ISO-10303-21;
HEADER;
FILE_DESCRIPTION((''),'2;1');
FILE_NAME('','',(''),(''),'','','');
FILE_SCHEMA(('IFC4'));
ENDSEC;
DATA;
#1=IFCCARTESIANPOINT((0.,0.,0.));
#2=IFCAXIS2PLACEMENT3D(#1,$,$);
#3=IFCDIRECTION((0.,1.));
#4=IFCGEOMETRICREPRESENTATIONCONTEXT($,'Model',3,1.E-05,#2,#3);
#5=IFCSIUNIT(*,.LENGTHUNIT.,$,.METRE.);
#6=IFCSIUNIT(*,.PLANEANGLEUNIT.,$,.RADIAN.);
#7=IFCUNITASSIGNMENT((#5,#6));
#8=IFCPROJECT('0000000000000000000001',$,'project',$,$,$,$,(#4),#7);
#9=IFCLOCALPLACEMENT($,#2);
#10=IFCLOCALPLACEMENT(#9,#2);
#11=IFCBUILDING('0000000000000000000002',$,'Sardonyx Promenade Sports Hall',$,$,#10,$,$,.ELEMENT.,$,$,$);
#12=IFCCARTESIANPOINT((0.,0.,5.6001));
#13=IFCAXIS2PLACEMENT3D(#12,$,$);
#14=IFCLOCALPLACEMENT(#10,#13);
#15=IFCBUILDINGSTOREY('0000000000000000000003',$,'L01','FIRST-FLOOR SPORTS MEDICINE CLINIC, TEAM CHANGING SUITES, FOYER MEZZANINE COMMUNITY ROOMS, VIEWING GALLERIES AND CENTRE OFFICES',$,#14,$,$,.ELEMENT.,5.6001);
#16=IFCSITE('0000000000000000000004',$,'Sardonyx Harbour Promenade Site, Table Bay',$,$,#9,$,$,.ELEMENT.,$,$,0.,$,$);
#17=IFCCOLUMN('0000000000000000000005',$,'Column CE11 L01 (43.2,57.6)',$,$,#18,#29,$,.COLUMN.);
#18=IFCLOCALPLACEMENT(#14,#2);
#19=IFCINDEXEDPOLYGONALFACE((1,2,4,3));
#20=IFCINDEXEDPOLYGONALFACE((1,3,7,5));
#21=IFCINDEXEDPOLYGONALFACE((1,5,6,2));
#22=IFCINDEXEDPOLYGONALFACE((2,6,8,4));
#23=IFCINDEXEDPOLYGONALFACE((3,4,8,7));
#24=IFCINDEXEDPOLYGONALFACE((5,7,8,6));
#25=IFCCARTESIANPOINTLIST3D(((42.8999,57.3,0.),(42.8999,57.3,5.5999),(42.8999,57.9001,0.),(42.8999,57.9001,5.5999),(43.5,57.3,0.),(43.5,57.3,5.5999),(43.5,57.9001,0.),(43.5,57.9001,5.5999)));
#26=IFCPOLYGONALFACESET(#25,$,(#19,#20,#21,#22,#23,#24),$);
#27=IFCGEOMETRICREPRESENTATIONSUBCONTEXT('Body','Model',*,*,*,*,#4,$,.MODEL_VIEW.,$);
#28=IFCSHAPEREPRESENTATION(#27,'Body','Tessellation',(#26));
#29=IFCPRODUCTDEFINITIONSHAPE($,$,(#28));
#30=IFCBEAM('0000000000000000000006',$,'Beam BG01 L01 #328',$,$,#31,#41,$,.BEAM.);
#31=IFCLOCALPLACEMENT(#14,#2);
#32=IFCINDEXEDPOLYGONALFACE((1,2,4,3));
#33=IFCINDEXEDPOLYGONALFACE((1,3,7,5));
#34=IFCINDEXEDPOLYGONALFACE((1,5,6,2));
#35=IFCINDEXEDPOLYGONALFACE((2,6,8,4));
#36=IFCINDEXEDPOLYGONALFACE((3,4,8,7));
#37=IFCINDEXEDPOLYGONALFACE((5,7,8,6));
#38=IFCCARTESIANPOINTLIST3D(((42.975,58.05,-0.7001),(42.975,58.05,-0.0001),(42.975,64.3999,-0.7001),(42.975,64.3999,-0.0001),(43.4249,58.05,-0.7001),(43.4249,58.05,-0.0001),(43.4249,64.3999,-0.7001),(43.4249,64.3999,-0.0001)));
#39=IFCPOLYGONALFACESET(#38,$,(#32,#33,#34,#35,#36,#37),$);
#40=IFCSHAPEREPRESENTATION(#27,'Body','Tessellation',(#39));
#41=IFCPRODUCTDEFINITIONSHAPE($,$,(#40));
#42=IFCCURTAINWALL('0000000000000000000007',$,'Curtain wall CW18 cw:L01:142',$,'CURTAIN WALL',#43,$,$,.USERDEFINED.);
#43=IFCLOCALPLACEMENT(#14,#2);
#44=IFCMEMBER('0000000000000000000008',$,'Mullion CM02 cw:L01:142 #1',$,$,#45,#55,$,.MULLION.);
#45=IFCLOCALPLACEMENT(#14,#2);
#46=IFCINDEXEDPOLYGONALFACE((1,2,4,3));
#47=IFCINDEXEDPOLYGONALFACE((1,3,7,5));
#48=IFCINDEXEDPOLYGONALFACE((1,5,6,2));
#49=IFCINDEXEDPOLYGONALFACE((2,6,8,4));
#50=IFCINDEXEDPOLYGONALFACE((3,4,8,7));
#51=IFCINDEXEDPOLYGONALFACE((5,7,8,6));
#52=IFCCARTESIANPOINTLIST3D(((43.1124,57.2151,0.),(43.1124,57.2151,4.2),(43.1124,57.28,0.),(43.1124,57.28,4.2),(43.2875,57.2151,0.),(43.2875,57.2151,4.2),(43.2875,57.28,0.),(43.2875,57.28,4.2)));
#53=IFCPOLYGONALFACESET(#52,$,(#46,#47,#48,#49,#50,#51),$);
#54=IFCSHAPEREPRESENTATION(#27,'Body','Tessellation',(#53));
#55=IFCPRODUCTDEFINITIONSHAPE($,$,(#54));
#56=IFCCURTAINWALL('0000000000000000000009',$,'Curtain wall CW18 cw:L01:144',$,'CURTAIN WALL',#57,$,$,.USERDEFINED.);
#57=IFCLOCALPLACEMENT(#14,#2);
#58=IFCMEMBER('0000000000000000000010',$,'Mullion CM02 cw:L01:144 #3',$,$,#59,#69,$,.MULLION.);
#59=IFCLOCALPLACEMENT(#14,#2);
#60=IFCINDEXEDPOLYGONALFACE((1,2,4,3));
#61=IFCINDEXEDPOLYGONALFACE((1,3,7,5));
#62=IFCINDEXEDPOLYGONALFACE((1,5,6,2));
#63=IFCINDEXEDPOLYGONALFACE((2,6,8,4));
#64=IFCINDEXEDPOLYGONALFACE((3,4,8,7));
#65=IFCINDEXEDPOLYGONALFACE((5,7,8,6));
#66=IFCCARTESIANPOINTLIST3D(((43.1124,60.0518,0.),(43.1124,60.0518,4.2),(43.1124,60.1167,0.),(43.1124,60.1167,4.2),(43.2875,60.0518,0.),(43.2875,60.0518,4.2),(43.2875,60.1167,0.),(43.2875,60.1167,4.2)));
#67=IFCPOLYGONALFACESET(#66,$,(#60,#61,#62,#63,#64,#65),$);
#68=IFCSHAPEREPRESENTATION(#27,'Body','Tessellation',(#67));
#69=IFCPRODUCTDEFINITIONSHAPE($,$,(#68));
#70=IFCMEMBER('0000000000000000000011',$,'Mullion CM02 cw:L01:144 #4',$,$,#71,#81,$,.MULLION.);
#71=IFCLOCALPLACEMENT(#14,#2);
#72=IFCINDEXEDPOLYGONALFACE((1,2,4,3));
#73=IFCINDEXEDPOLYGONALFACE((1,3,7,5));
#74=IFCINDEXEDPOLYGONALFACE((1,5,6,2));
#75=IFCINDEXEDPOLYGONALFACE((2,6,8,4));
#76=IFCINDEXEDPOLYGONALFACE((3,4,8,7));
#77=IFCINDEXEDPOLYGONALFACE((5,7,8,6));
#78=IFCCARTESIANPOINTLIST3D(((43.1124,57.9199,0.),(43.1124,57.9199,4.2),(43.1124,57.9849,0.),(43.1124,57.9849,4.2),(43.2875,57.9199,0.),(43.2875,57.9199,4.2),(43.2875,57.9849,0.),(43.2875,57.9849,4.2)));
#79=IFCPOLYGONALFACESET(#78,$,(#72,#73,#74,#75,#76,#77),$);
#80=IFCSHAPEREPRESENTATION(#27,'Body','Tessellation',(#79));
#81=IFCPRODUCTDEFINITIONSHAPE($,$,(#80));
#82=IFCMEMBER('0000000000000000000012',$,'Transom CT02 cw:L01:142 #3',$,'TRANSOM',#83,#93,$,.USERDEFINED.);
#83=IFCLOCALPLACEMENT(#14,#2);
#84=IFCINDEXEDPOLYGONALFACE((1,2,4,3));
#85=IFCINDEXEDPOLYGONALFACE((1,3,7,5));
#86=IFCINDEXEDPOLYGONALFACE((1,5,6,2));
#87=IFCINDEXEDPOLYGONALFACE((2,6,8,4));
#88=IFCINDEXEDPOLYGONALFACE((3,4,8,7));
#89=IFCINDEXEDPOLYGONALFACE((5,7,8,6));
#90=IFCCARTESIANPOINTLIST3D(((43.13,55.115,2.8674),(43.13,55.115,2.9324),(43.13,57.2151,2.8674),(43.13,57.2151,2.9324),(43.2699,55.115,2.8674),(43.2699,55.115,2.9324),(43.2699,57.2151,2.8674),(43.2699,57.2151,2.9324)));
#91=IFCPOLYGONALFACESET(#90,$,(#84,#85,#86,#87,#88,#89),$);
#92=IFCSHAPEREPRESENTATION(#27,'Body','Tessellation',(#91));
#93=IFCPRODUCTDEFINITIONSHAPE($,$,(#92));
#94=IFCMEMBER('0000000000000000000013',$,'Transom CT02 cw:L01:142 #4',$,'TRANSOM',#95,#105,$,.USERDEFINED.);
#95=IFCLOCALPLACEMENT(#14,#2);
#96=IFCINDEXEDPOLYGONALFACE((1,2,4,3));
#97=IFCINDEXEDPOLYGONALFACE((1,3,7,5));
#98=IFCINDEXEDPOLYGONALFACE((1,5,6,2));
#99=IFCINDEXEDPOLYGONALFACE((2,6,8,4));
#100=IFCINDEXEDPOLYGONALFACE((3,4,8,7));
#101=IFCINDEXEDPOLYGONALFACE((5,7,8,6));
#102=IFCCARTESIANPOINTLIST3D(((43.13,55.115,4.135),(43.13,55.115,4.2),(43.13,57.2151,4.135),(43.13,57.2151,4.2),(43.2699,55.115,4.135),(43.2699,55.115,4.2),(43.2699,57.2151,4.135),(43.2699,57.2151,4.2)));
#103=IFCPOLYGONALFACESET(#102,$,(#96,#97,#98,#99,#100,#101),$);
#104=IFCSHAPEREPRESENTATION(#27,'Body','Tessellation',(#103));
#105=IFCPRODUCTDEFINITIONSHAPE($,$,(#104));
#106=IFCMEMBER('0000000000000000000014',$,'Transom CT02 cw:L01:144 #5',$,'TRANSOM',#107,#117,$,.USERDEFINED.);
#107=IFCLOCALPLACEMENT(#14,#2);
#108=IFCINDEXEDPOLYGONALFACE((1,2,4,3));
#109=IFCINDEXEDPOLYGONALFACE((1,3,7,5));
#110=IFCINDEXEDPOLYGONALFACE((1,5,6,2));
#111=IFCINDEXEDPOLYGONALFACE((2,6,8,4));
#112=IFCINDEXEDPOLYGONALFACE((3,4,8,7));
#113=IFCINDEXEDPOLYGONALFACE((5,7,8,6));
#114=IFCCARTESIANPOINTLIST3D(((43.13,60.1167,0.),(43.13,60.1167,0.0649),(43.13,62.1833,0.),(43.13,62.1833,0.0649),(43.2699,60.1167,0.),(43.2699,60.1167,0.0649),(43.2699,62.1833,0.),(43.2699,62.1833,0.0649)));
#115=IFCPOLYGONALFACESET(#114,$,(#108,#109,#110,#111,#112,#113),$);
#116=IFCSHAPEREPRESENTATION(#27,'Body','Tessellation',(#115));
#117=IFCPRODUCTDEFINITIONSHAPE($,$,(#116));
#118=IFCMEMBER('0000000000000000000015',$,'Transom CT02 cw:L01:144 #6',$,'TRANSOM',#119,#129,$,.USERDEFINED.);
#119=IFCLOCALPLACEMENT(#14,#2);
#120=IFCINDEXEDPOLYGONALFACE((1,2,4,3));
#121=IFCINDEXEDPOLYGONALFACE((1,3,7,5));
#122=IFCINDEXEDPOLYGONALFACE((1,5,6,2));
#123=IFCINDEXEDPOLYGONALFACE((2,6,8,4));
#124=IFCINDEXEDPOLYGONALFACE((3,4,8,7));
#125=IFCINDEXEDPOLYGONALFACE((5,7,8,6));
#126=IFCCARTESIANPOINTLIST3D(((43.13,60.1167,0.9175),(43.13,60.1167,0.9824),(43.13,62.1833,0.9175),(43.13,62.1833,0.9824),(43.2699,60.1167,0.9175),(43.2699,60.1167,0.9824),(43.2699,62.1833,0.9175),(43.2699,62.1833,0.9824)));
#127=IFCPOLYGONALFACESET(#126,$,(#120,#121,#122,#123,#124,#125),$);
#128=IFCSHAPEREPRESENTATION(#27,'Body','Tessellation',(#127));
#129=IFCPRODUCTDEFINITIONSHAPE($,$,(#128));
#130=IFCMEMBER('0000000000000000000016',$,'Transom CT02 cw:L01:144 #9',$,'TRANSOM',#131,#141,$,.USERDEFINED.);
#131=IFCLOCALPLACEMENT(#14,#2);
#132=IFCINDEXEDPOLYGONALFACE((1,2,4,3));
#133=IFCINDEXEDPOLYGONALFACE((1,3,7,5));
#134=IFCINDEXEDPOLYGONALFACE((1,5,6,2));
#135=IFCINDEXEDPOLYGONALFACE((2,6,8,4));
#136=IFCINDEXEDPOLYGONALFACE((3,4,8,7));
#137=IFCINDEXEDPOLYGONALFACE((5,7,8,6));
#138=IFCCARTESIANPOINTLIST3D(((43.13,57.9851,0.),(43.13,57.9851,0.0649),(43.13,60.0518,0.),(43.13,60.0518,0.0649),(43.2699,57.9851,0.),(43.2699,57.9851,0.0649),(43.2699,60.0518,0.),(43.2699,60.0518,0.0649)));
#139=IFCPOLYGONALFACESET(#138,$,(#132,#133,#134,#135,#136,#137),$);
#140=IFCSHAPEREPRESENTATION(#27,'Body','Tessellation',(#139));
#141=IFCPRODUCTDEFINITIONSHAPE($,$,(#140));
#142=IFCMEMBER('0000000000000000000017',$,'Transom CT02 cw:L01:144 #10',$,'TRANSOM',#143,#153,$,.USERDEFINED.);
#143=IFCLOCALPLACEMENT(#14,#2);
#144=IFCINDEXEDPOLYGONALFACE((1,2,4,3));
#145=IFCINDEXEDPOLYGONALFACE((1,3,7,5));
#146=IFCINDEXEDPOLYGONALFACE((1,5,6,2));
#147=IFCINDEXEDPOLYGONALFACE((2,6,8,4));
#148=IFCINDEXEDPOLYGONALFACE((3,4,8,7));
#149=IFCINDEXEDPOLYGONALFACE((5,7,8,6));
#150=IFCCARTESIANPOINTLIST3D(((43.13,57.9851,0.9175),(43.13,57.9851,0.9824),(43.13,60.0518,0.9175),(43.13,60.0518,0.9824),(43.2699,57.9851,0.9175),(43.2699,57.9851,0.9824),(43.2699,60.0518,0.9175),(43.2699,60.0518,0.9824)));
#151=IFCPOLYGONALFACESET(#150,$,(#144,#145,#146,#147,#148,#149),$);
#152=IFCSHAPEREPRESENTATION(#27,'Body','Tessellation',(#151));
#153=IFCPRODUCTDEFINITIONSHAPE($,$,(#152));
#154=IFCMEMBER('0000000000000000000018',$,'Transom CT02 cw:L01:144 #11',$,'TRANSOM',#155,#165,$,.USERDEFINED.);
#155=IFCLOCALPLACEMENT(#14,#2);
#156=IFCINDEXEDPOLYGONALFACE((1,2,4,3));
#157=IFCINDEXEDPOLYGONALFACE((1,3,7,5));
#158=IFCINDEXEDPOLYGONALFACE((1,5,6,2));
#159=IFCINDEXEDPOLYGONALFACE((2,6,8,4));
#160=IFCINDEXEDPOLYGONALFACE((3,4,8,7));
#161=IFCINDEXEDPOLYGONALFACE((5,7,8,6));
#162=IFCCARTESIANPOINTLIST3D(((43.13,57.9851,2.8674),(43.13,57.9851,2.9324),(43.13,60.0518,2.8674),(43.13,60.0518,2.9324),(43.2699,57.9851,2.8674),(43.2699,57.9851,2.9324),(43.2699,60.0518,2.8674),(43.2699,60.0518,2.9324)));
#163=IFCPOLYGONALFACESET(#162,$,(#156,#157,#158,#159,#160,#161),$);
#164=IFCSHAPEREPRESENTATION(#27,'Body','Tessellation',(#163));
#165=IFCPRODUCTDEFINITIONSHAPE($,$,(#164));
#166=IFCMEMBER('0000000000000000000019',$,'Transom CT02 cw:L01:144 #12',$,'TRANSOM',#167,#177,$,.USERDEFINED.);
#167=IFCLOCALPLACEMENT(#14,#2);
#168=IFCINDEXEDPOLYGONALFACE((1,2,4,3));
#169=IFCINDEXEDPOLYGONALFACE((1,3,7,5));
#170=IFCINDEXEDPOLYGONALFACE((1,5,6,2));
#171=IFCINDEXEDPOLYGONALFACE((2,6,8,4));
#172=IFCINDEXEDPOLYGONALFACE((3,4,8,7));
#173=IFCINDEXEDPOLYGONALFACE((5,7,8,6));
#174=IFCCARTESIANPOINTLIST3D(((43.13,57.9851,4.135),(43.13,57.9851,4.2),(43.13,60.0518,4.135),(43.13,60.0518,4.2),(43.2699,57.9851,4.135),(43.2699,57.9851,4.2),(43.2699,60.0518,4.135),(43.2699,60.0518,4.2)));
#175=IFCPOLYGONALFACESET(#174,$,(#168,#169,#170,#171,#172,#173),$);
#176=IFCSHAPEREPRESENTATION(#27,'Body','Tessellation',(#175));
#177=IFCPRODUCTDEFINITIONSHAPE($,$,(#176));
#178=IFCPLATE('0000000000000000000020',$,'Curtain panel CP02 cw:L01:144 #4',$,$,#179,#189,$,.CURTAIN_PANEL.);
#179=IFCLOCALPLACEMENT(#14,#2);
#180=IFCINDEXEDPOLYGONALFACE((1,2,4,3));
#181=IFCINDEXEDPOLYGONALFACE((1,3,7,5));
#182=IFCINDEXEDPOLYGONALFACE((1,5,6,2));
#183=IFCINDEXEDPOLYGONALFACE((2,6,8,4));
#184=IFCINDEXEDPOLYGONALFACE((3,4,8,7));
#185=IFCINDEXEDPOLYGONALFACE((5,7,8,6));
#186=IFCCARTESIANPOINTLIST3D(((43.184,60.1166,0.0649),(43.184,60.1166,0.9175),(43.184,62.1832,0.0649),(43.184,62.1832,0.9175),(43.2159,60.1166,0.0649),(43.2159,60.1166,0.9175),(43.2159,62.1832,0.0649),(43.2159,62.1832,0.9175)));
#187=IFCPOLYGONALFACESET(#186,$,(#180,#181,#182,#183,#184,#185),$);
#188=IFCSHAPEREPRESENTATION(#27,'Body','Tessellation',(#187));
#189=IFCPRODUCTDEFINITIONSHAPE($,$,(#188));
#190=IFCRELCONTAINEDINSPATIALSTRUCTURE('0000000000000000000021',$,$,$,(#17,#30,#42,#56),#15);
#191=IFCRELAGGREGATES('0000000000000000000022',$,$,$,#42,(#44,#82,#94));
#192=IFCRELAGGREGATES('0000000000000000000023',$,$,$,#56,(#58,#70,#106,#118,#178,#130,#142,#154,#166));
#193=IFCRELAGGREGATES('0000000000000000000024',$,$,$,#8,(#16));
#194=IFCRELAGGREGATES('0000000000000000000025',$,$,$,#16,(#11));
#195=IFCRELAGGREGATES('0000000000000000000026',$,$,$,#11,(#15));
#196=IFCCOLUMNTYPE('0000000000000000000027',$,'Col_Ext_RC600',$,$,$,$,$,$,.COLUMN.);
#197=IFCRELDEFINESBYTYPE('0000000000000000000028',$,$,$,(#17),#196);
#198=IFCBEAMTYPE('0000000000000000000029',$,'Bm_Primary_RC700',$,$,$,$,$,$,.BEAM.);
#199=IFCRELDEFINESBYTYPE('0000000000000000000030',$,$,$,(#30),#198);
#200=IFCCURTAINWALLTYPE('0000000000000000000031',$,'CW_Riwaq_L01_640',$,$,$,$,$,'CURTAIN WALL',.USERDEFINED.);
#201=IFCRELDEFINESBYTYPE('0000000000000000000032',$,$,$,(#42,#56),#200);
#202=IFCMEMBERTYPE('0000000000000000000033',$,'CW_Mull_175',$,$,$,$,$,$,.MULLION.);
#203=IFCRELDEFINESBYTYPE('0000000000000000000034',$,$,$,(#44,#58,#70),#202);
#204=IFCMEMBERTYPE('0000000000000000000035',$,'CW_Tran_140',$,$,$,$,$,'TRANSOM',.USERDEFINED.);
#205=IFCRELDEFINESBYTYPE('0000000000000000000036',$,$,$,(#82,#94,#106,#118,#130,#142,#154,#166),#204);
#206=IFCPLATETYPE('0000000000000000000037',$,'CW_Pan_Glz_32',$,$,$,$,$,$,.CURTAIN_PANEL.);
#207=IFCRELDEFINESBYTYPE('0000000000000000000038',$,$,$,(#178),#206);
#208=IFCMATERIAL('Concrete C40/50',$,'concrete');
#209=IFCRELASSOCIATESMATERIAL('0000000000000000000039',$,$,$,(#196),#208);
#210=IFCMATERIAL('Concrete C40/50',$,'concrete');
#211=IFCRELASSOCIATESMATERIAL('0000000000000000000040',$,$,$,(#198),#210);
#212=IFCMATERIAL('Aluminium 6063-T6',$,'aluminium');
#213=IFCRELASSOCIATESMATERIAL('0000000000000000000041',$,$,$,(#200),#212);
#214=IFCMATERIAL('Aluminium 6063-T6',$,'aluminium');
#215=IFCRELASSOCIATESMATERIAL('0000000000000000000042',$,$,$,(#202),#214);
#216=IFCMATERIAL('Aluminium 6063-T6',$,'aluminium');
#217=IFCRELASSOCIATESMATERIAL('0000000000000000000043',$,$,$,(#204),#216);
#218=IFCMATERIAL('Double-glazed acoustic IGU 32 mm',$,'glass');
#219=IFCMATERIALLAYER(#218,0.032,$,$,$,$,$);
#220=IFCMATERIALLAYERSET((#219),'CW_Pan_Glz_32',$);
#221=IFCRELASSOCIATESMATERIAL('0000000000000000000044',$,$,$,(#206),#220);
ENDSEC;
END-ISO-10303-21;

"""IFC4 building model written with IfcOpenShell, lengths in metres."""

from ifc_helpers import new_model, si_unit, direction, frame, origin, origin_2d, place, context, subcontext, project, spatial, rectangle, extrude, material, layer, layer_set, material_profile, profile_set, type_object, element, aggregate, save


model = new_model("IFC4")

# Units and contexts
model_context = context("Model", 3, precision=1e-05, world=origin(), true_north=direction((0.0, 1.0)))
body_context = subcontext(model_context, "Body", "Model", "MODEL_VIEW")
ifc_project = project(units=[si_unit("LENGTHUNIT", "METRE"), si_unit("PLANEANGLEUNIT", "RADIAN")], contexts=[model_context])

# Site, building, storey
site_placement = place(None, origin())
site = spatial("IfcSite", under=ifc_project, at=site_placement, Name="Sardonyx Harbour Promenade Site, Table Bay", CompositionType="ELEMENT", RefElevation=0.0)
building_placement = place(site_placement, origin())
building = spatial("IfcBuilding", under=site, at=building_placement, Name="Sardonyx Promenade Sports Hall", CompositionType="ELEMENT")
storey_placement = place(building_placement, frame((0.0, 0.0, 5.6001)))
storey = spatial("IfcBuildingStorey", under=building, at=storey_placement, Name="L01", Description="FIRST-FLOOR SPORTS MEDICINE CLINIC, TEAM CHANGING SUITES, FOYER MEZZANINE COMMUNITY ROOMS, VIEWING GALLERIES AND CENTRE OFFICES", CompositionType="ELEMENT", Elevation=5.6001)

# Column
ifc_material_1 = material(Name="Concrete C40/50", Category="concrete")
ifc_material_profile_1 = material_profile(ifc_material_1, rectangle(XDim=0.6001, YDim=0.6001, at=origin_2d()))
ifc_profile_set_1 = profile_set([ifc_material_profile_1], Name="Concrete C40/50")
column_type = type_object("IfcColumnType", Name="Col_Ext_RC600", PredefinedType="COLUMN", material=ifc_profile_set_1)
column_placement = place(storey_placement, frame((43.2, 57.6001, 0.0), z_axis=(0.0, 0.0, 1.0), x_axis=(1.0, 0.0, 0.0)))
element("IfcColumn", 1, at=column_placement, inside=storey, type_object=column_type, Name="Column CE11 L01 (43.2,57.6)", PredefinedType="COLUMN", context=body_context, shape_type="SweptSolid", body=[
    extrude(rectangle(XDim=0.6001, YDim=0.6001, at=origin_2d()), origin(), (0.0, 0.0, 1.0), 5.5999),
])

# Beam
ifc_material_2 = material(Name="Concrete C40/50", Category="concrete")
ifc_material_profile_2 = material_profile(ifc_material_2, rectangle(XDim=0.45, YDim=0.7, at=origin_2d()))
ifc_profile_set_2 = profile_set([ifc_material_profile_2], Name="Concrete C40/50")
beam_type = type_object("IfcBeamType", Name="Bm_Primary_RC700", PredefinedType="BEAM", material=ifc_profile_set_2)
beam_placement = place(storey_placement, frame((43.2, 58.05, -0.3501), z_axis=(0.0, 1.0, 0.0), x_axis=(-1.0, 0.0, 0.0)))
element("IfcBeam", 2, at=beam_placement, inside=storey, type_object=beam_type, Name="Beam BG01 L01 #328", PredefinedType="BEAM", context=body_context, shape_type="SweptSolid", body=[
    extrude(rectangle(XDim=0.45, YDim=0.7, at=origin_2d()), origin(), (0.0, 0.0, 1.0), 6.3499),
])

# Curtain wall, member
ifc_material_3 = material(Name="Aluminium 6063-T6", Category="aluminium")
curtain_wall_type = type_object("IfcCurtainWallType", Name="CW_Riwaq_L01_640", ElementType="CURTAIN WALL", PredefinedType="USERDEFINED", material=ifc_material_3)
curtain_wall_1_placement = place(storey_placement, origin())
curtain_wall_1 = element("IfcCurtainWall", 3, at=curtain_wall_1_placement, inside=storey, type_object=curtain_wall_type, Name="Curtain wall CW18 cw:L01:142", ObjectType="CURTAIN WALL", PredefinedType="USERDEFINED")
ifc_material_4 = material(Name="Aluminium 6063-T6", Category="aluminium")
ifc_material_profile_3 = material_profile(ifc_material_4, rectangle(XDim=0.0649, YDim=0.175, at=origin_2d()))
ifc_profile_set_3 = profile_set([ifc_material_profile_3], Name="Aluminium 6063-T6")
member_type_1 = type_object("IfcMemberType", Name="CW_Mull_175", PredefinedType="MULLION", material=ifc_profile_set_3)
member_1_placement = place(storey_placement, frame((43.2, 57.2476, 0.0), z_axis=(0.0, 0.0, 1.0), x_axis=(0.0, -1.0, 0.0)))
member_1 = element("IfcMember", 4, at=member_1_placement, type_object=member_type_1, Name="Mullion CM02 cw:L01:142 #1", PredefinedType="MULLION", context=body_context, shape_type="SweptSolid", body=[
    extrude(rectangle(XDim=0.0649, YDim=0.175, at=origin_2d()), origin(), (0.0, 0.0, 1.0), 4.2),
])

# Curtain wall, members
curtain_wall_2_placement = place(storey_placement, origin())
curtain_wall_2 = element("IfcCurtainWall", 5, at=curtain_wall_2_placement, inside=storey, type_object=curtain_wall_type, Name="Curtain wall CW18 cw:L01:144", ObjectType="CURTAIN WALL", PredefinedType="USERDEFINED")
member_2_placement = place(storey_placement, frame((43.2, 60.0842, 0.0), z_axis=(0.0, 0.0, 1.0), x_axis=(0.0, -1.0, 0.0)))
member_2 = element("IfcMember", 6, at=member_2_placement, type_object=member_type_1, Name="Mullion CM02 cw:L01:144 #3", PredefinedType="MULLION", context=body_context, shape_type="SweptSolid", body=[
    extrude(rectangle(XDim=0.0649, YDim=0.175, at=origin_2d()), origin(), (0.0, 0.0, 1.0), 4.2),
])
member_3_placement = place(storey_placement, frame((43.2, 57.9524, 0.0), z_axis=(0.0, 0.0, 1.0), x_axis=(0.0, -1.0, 0.0)))
member_3 = element("IfcMember", 7, at=member_3_placement, type_object=member_type_1, Name="Mullion CM02 cw:L01:144 #4", PredefinedType="MULLION", context=body_context, shape_type="SweptSolid", body=[
    extrude(rectangle(XDim=0.0649, YDim=0.175, at=origin_2d()), origin(), (0.0, 0.0, 1.0), 4.2),
])

# Members
ifc_material_5 = material(Name="Aluminium 6063-T6", Category="aluminium")
ifc_material_profile_4 = material_profile(ifc_material_5, rectangle(XDim=0.0649, YDim=0.1399, at=origin_2d()))
ifc_profile_set_4 = profile_set([ifc_material_profile_4], Name="Aluminium 6063-T6")
member_type_2 = type_object("IfcMemberType", Name="CW_Tran_140", ElementType="TRANSOM", PredefinedType="USERDEFINED", material=ifc_profile_set_4)
member_4_placement = place(storey_placement, frame((43.2, 57.2151, 2.8999), z_axis=(0.0, -1.0, 0.0), x_axis=(0.0, 0.0, 1.0)))
member_4 = element("IfcMember", 8, at=member_4_placement, type_object=member_type_2, Name="Transom CT02 cw:L01:142 #3", ObjectType="TRANSOM", PredefinedType="USERDEFINED", context=body_context, shape_type="SweptSolid", body=[
    extrude(rectangle(XDim=0.0649, YDim=0.1399, at=origin_2d()), origin(), (0.0, 0.0, 1.0), 2.1001),
])
member_5_placement = place(storey_placement, frame((43.2, 57.2151, 4.1675), z_axis=(0.0, -1.0, 0.0), x_axis=(0.0, 0.0, 1.0)))
member_5 = element("IfcMember", 9, at=member_5_placement, type_object=member_type_2, Name="Transom CT02 cw:L01:142 #4", ObjectType="TRANSOM", PredefinedType="USERDEFINED", context=body_context, shape_type="SweptSolid", body=[
    extrude(rectangle(XDim=0.0649, YDim=0.1399, at=origin_2d()), origin(), (0.0, 0.0, 1.0), 2.1001),
])
aggregate(curtain_wall_1, [member_1, member_4, member_5])
member_6_placement = place(storey_placement, frame((43.2, 62.1833, 0.0325), z_axis=(0.0, -1.0, 0.0), x_axis=(0.0, 0.0, 1.0)))
member_6 = element("IfcMember", 10, at=member_6_placement, type_object=member_type_2, Name="Transom CT02 cw:L01:144 #5", ObjectType="TRANSOM", PredefinedType="USERDEFINED", context=body_context, shape_type="SweptSolid", body=[
    extrude(rectangle(XDim=0.0649, YDim=0.1399, at=origin_2d()), origin(), (0.0, 0.0, 1.0), 2.0667),
])
member_7_placement = place(storey_placement, frame((43.2, 62.1833, 0.95), z_axis=(0.0, -1.0, 0.0), x_axis=(0.0, 0.0, 1.0)))
member_7 = element("IfcMember", 11, at=member_7_placement, type_object=member_type_2, Name="Transom CT02 cw:L01:144 #6", ObjectType="TRANSOM", PredefinedType="USERDEFINED", context=body_context, shape_type="SweptSolid", body=[
    extrude(rectangle(XDim=0.0649, YDim=0.1399, at=origin_2d()), origin(), (0.0, 0.0, 1.0), 2.0667),
])
member_8_placement = place(storey_placement, frame((43.2, 60.0518, 0.0325), z_axis=(0.0, -1.0, 0.0), x_axis=(0.0, 0.0, 1.0)))
member_8 = element("IfcMember", 12, at=member_8_placement, type_object=member_type_2, Name="Transom CT02 cw:L01:144 #9", ObjectType="TRANSOM", PredefinedType="USERDEFINED", context=body_context, shape_type="SweptSolid", body=[
    extrude(rectangle(XDim=0.0649, YDim=0.1399, at=origin_2d()), origin(), (0.0, 0.0, 1.0), 2.0667),
])
member_9_placement = place(storey_placement, frame((43.2, 60.0518, 0.95), z_axis=(0.0, -1.0, 0.0), x_axis=(0.0, 0.0, 1.0)))
member_9 = element("IfcMember", 13, at=member_9_placement, type_object=member_type_2, Name="Transom CT02 cw:L01:144 #10", ObjectType="TRANSOM", PredefinedType="USERDEFINED", context=body_context, shape_type="SweptSolid", body=[
    extrude(rectangle(XDim=0.0649, YDim=0.1399, at=origin_2d()), origin(), (0.0, 0.0, 1.0), 2.0667),
])
member_10_placement = place(storey_placement, frame((43.2, 60.0518, 2.8999), z_axis=(0.0, -1.0, 0.0), x_axis=(0.0, 0.0, 1.0)))
member_10 = element("IfcMember", 14, at=member_10_placement, type_object=member_type_2, Name="Transom CT02 cw:L01:144 #11", ObjectType="TRANSOM", PredefinedType="USERDEFINED", context=body_context, shape_type="SweptSolid", body=[
    extrude(rectangle(XDim=0.0649, YDim=0.1399, at=origin_2d()), origin(), (0.0, 0.0, 1.0), 2.0667),
])
member_11_placement = place(storey_placement, frame((43.2, 60.0518, 4.1675), z_axis=(0.0, -1.0, 0.0), x_axis=(0.0, 0.0, 1.0)))
member_11 = element("IfcMember", 15, at=member_11_placement, type_object=member_type_2, Name="Transom CT02 cw:L01:144 #12", ObjectType="TRANSOM", PredefinedType="USERDEFINED", context=body_context, shape_type="SweptSolid", body=[
    extrude(rectangle(XDim=0.0649, YDim=0.1399, at=origin_2d()), origin(), (0.0, 0.0, 1.0), 2.0667),
])

# Plate
ifc_material_6 = material(Name="Double-glazed acoustic IGU 32 mm", Category="glass")
ifc_layer_1 = layer(ifc_material_6, 0.032)
ifc_layer_set_1 = layer_set([ifc_layer_1], Name="CW_Pan_Glz_32")
plate_type = type_object("IfcPlateType", Name="CW_Pan_Glz_32", PredefinedType="CURTAIN_PANEL", material=ifc_layer_set_1)
plate_1_placement = place(storey_placement, frame((43.2, 61.1499, 0.0649), z_axis=(0.0, 0.0, 1.0), x_axis=(0.0, -1.0, 0.0)))
plate_1 = element("IfcPlate", 16, at=plate_1_placement, type_object=plate_type, Name="Curtain panel CP02 cw:L01:144 #4", PredefinedType="CURTAIN_PANEL", context=body_context, shape_type="SweptSolid", body=[
    extrude(rectangle(XDim=2.0667, YDim=0.032, at=origin_2d()), origin(), (0.0, 0.0, 1.0), 0.8525),
])
aggregate(curtain_wall_2, [member_2, member_3, member_6, member_7, plate_1, member_8, member_9, member_10, member_11])

save(model, "model.ifc")
